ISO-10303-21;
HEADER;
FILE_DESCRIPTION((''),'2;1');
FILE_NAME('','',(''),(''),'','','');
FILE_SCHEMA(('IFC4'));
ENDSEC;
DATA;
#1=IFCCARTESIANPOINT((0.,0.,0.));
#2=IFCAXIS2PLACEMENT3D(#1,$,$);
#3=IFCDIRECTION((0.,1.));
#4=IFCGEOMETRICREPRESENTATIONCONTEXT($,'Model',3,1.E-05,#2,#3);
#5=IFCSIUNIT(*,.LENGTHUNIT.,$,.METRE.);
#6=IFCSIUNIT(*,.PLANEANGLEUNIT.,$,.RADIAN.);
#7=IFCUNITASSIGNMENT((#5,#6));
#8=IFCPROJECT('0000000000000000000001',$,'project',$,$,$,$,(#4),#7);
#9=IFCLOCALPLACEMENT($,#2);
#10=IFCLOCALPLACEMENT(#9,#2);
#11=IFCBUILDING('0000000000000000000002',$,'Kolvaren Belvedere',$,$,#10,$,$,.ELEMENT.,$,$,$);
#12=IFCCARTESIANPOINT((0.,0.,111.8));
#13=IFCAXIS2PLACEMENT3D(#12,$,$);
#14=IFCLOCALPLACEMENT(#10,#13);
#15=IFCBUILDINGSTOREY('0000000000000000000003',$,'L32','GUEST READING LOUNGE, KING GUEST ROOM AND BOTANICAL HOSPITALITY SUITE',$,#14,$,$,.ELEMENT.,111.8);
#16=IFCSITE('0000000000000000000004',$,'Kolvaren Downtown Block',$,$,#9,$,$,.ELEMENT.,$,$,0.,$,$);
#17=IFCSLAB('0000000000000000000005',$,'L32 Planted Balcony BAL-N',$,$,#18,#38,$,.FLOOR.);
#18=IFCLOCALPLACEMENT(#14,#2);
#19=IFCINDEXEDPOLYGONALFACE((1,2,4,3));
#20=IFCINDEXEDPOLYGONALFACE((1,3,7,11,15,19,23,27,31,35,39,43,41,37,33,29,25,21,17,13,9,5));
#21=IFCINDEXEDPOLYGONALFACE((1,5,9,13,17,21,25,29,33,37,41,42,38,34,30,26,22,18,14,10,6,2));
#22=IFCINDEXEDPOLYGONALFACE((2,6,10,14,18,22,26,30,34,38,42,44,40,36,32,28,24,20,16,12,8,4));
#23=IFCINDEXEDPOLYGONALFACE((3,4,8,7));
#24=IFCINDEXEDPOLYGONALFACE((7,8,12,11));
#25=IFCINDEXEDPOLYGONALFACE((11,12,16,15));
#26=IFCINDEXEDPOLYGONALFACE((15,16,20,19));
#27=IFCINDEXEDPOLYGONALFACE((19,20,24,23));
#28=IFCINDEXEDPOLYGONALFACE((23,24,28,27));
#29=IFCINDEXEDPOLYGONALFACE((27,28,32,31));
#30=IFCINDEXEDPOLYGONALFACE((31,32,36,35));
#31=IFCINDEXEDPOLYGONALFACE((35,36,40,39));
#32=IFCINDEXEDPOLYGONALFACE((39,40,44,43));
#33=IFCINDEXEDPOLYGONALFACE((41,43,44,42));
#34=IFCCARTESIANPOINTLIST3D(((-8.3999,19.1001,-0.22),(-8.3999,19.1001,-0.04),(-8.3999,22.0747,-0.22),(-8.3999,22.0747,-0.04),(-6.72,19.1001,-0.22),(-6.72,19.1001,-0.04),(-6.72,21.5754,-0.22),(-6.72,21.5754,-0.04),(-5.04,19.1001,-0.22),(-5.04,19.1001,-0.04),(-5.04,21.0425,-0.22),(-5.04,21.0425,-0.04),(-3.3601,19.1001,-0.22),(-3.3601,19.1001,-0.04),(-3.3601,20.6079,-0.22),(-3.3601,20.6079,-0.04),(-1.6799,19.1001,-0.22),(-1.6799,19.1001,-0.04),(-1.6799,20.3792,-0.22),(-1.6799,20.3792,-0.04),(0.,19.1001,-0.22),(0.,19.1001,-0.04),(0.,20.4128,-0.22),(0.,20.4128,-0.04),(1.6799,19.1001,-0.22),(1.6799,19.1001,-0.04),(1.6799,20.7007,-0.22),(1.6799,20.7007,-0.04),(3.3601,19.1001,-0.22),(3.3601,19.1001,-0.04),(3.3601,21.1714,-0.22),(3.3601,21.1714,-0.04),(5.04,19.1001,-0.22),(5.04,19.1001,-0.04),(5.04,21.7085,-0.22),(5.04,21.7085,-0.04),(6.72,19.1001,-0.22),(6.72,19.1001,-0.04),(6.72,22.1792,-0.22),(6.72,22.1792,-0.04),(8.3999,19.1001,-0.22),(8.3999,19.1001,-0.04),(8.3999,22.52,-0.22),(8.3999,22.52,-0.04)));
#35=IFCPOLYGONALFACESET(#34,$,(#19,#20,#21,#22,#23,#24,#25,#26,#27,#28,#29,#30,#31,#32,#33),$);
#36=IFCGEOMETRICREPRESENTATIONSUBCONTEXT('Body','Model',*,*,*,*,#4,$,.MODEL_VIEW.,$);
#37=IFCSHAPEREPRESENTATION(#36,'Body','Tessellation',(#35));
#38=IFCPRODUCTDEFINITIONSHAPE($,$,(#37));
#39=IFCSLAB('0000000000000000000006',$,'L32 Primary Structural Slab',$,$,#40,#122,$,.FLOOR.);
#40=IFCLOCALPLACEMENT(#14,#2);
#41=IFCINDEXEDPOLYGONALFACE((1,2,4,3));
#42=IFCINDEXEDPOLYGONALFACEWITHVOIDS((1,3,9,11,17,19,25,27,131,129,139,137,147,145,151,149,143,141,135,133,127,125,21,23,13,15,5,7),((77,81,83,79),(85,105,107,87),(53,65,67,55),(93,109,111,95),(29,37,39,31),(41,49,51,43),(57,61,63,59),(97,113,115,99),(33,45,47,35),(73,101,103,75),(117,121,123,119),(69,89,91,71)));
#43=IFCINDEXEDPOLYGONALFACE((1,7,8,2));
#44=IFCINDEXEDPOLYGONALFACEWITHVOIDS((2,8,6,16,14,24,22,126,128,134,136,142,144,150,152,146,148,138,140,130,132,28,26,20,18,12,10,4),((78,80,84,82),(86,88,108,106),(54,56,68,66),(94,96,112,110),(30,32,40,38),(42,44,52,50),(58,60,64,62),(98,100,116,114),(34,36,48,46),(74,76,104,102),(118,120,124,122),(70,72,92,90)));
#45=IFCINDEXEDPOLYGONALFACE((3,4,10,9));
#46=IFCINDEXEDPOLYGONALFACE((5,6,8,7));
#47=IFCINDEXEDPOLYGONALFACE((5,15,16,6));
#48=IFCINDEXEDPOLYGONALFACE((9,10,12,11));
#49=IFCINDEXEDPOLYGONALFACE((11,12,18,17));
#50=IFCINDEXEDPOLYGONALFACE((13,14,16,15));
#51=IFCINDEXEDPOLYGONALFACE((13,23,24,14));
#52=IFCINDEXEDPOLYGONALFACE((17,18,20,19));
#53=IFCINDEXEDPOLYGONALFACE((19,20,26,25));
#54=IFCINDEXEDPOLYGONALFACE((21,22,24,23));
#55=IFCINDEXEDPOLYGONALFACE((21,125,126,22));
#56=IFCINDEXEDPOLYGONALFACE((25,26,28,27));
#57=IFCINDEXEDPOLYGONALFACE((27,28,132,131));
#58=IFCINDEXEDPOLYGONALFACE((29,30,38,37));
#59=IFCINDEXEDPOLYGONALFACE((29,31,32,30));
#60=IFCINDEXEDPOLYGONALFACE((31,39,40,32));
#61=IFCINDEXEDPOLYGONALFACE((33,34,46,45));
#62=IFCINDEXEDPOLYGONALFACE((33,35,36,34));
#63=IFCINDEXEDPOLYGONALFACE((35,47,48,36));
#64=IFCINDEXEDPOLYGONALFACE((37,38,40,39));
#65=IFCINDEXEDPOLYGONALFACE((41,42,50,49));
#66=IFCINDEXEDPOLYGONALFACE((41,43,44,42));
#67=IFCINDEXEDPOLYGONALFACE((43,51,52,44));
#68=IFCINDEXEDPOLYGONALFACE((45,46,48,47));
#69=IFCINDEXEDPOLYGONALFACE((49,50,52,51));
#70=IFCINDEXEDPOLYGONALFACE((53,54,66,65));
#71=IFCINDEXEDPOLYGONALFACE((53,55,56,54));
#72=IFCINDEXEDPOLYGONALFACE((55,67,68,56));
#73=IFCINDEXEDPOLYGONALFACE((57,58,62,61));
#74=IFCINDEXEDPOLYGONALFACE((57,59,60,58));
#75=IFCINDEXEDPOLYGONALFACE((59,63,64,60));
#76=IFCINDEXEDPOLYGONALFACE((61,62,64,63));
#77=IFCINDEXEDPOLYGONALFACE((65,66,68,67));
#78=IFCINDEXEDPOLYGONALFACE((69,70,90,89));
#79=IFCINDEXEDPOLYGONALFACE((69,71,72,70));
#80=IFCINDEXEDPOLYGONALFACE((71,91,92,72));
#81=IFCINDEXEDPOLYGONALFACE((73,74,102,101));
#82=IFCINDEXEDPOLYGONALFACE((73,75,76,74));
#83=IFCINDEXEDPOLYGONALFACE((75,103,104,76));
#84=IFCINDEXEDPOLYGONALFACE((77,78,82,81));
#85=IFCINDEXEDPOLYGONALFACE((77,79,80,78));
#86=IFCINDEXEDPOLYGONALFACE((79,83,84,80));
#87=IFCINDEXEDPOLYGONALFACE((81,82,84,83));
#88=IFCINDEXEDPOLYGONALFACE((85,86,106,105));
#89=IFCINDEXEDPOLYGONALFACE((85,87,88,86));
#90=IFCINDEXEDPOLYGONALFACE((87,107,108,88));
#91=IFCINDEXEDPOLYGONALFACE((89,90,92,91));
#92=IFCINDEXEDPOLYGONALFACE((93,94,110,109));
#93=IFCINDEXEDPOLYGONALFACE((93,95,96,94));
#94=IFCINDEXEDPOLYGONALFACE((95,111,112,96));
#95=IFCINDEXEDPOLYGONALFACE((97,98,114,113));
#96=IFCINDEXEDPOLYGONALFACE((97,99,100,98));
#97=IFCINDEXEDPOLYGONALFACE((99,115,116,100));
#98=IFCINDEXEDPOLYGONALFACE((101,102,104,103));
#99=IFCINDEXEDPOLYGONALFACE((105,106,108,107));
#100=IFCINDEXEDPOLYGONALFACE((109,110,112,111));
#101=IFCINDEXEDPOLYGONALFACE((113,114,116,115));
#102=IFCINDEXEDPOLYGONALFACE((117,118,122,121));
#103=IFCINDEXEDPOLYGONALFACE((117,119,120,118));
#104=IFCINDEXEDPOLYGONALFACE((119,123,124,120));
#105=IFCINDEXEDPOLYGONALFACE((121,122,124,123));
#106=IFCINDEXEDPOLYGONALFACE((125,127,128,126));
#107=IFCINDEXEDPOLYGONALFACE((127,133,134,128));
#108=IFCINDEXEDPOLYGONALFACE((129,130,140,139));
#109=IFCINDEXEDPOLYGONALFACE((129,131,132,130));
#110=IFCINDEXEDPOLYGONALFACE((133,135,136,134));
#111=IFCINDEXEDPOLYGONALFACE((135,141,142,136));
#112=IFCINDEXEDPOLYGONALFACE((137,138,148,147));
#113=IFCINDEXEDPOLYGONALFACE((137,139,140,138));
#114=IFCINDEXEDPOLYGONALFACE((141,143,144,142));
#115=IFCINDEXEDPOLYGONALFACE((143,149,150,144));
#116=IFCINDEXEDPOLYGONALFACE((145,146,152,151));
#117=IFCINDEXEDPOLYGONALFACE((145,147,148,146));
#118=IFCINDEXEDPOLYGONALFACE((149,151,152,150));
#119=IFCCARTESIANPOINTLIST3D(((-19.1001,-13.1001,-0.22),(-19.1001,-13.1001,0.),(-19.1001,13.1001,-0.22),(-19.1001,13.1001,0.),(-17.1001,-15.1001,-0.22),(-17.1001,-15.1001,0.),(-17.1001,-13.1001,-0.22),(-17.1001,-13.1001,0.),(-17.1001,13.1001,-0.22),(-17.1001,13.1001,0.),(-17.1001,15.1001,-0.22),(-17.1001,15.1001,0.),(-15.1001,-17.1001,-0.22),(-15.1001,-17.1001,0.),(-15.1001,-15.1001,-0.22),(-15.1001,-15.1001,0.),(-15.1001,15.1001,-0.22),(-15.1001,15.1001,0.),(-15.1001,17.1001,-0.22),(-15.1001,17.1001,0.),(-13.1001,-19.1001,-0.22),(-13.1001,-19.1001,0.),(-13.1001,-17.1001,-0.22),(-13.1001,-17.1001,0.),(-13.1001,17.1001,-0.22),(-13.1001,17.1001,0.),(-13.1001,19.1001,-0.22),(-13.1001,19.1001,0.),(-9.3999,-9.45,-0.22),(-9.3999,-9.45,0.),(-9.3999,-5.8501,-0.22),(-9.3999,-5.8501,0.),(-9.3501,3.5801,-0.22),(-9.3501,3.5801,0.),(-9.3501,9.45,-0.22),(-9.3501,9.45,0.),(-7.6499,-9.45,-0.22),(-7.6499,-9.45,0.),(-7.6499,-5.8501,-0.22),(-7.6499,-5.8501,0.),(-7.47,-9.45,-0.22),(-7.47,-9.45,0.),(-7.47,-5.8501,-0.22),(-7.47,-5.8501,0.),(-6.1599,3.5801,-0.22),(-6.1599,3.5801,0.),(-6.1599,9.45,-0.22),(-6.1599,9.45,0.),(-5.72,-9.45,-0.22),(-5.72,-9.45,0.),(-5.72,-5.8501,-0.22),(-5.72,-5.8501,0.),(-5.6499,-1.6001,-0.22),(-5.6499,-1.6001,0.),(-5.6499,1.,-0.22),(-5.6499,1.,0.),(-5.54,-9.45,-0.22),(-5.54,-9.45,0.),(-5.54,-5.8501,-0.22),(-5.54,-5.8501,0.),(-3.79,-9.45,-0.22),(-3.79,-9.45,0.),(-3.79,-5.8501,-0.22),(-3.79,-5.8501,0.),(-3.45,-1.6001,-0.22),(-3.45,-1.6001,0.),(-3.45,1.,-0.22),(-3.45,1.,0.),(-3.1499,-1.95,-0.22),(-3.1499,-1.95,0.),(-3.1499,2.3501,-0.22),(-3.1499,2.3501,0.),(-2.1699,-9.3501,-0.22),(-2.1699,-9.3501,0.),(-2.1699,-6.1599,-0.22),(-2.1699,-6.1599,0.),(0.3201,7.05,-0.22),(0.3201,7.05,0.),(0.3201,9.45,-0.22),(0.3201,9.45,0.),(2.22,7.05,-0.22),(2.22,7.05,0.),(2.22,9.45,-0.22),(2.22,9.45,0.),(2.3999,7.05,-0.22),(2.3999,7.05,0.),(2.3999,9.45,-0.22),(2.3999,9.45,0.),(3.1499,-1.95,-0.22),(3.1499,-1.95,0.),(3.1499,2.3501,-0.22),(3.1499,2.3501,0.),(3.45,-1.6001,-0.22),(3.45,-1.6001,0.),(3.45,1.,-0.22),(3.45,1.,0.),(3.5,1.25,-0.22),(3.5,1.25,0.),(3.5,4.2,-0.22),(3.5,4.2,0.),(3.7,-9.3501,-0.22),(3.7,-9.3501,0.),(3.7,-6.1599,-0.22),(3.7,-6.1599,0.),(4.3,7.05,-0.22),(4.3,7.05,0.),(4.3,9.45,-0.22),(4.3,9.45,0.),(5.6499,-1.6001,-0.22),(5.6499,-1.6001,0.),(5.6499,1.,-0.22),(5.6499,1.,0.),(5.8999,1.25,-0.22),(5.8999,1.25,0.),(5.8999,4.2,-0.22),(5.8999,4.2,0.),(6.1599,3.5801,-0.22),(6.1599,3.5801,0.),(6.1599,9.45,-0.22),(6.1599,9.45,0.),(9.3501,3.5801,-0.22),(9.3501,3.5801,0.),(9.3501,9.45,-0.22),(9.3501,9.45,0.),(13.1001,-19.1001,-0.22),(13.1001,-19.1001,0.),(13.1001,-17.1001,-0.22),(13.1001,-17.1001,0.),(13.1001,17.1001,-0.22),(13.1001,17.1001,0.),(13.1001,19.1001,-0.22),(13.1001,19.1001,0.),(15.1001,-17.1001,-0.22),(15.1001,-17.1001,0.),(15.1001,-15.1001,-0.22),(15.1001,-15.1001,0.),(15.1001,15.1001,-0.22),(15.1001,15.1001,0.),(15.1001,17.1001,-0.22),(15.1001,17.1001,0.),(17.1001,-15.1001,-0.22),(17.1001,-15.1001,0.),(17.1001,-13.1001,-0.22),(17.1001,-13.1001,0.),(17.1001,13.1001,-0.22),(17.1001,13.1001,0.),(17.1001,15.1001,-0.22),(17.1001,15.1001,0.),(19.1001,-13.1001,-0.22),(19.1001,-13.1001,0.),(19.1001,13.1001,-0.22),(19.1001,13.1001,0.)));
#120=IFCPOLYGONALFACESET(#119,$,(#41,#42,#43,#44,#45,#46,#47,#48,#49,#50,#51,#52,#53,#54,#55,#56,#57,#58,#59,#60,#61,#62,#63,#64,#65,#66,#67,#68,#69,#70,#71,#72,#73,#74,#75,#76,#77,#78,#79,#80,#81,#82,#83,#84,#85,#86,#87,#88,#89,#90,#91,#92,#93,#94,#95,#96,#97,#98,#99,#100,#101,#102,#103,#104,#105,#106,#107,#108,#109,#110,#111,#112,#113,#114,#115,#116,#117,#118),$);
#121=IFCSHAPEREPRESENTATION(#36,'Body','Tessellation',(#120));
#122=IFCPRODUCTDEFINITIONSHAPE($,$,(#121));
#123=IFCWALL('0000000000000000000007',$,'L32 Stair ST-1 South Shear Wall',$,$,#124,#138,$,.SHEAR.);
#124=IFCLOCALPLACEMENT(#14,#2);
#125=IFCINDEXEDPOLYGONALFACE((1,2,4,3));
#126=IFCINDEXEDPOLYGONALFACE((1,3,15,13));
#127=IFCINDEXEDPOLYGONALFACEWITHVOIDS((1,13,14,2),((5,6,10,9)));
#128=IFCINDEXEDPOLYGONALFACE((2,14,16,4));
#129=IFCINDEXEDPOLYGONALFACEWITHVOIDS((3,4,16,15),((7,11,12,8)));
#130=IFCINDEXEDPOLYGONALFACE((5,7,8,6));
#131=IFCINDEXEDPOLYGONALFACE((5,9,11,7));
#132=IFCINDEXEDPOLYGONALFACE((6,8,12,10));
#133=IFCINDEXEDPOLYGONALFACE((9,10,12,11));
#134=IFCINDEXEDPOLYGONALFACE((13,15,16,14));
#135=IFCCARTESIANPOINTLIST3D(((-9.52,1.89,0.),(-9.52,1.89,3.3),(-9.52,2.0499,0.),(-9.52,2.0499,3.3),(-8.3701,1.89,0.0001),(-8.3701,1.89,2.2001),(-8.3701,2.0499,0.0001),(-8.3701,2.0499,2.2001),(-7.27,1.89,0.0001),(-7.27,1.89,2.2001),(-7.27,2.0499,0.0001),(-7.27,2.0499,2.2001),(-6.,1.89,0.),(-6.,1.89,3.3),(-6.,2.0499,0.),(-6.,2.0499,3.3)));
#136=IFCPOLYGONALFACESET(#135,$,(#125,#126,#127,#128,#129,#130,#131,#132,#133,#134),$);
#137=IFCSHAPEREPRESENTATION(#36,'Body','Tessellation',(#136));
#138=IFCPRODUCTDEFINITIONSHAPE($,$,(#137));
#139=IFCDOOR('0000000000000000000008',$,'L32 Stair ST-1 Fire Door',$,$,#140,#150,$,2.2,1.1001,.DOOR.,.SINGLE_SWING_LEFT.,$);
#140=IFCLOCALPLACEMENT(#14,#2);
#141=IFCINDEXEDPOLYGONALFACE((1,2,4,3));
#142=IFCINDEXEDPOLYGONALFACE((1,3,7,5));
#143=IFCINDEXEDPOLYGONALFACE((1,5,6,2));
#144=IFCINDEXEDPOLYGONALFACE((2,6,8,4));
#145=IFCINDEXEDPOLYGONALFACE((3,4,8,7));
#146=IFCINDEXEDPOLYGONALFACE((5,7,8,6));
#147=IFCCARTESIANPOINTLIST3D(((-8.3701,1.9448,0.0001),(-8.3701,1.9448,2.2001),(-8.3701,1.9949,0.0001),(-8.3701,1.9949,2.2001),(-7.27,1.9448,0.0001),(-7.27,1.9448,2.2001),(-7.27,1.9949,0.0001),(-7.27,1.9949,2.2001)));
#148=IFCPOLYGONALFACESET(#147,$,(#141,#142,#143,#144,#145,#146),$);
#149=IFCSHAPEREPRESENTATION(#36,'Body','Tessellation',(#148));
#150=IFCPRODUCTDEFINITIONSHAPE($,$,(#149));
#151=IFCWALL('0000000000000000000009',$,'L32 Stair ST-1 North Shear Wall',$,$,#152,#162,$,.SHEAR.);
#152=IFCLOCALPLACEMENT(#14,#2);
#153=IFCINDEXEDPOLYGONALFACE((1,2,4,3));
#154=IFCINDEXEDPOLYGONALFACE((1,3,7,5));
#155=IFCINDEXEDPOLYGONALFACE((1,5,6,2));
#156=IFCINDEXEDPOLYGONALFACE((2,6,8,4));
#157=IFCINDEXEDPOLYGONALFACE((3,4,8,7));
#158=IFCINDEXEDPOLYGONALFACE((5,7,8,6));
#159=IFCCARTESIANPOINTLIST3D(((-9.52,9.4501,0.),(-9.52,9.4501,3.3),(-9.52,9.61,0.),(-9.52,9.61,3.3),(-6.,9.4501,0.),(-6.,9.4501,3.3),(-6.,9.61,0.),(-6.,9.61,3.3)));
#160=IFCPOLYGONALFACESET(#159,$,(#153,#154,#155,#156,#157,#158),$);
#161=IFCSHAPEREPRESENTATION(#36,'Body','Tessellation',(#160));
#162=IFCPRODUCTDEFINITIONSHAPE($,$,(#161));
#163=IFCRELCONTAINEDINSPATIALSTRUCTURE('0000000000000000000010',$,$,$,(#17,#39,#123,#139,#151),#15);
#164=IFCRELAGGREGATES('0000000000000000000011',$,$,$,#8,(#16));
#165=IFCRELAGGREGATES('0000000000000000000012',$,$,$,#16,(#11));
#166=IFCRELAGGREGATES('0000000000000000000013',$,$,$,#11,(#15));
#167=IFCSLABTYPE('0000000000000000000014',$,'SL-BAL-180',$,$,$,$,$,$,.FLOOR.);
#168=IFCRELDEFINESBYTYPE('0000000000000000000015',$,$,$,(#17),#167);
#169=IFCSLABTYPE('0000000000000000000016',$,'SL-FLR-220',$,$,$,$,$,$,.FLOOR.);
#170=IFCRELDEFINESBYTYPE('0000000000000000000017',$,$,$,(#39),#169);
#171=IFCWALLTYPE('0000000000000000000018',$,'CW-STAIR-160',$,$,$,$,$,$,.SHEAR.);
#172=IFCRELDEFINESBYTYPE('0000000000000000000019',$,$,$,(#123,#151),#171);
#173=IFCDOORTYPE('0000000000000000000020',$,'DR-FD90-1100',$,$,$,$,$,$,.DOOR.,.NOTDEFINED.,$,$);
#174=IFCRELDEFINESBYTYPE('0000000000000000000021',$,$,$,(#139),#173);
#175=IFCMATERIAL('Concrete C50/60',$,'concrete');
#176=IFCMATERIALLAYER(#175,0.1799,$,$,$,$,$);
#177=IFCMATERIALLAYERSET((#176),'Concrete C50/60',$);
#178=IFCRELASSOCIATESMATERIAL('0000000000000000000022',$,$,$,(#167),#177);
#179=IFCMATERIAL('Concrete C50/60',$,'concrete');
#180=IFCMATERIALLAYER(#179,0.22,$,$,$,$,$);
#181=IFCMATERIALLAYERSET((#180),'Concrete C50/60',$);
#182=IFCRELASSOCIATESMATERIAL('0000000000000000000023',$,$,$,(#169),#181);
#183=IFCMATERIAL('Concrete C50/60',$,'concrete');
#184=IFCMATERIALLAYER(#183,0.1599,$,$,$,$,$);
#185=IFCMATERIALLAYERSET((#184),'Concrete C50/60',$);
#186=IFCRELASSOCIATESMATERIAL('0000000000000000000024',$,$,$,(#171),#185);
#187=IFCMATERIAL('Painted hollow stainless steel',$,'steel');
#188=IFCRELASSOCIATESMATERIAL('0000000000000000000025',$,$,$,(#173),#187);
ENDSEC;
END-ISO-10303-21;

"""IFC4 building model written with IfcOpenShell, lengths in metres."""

from ifc_helpers import new_model, si_unit, direction, frame, frame_2d, origin, place, context, subcontext, project, spatial, polyline, rectangle, outline, extrude, material, layer, layer_set, type_object, element, fill, save


model = new_model("IFC4")

# Units and contexts
model_context = context("Model", 3, precision=1e-05, world=origin(), true_north=direction((0.0, 1.0)))
body_context = subcontext(model_context, "Body", "Model", "MODEL_VIEW")
ifc_project = project(units=[si_unit("LENGTHUNIT", "METRE"), si_unit("PLANEANGLEUNIT", "RADIAN")], contexts=[model_context])

# Site, building, storey
site_placement = place(None, origin())
site = spatial("IfcSite", under=ifc_project, at=site_placement, Name="Kolvaren Downtown Block", CompositionType="ELEMENT", RefElevation=0.0)
building_placement = place(site_placement, origin())
building = spatial("IfcBuilding", under=site, at=building_placement, Name="Kolvaren Belvedere", CompositionType="ELEMENT")
storey_placement = place(building_placement, frame((0.0, 0.0, 111.8)))
storey = spatial("IfcBuildingStorey", under=building, at=storey_placement, Name="L32", Description="GUEST READING LOUNGE, KING GUEST ROOM AND BOTANICAL HOSPITALITY SUITE", CompositionType="ELEMENT", Elevation=111.8)

# Slabs
ifc_material_1 = material(Name="Concrete C50/60", Category="concrete")
ifc_layer_1 = layer(ifc_material_1, 0.1799)
ifc_layer_set_1 = layer_set([ifc_layer_1], Name="Concrete C50/60")
slab_type_1 = type_object("IfcSlabType", Name="SL-BAL-180", PredefinedType="FLOOR", material=ifc_layer_set_1)
slab_1_placement = place(storey_placement, frame((0.0, 0.0, -0.22)))
element("IfcSlab", 1, at=slab_1_placement, inside=storey, type_object=slab_type_1, Name="L32 Planted Balcony BAL-N", PredefinedType="FLOOR", context=body_context, shape_type="SweptSolid", body=[
    extrude(outline(polyline([(-8.3999, 19.1001), (-6.72, 19.1001), (-5.04, 19.1001), (-3.3601, 19.1001), (-1.6799, 19.1001), (0.0, 19.1001), (1.6799, 19.1001), (3.3601, 19.1001), (5.04, 19.1001), (6.72, 19.1001), (8.3999, 19.1001), (8.3999, 22.52), (6.72, 22.1792), (5.04, 21.7085), (3.3601, 21.1714), (1.6799, 20.7007), (0.0, 20.4128), (-1.6799, 20.3792), (-3.3601, 20.6079), (-5.04, 21.0425), (-6.72, 21.5754), (-8.3999, 22.0747), (-8.3999, 19.1001)])), origin(), (0.0, 0.0, 1.0), 0.1799),
])
ifc_material_2 = material(Name="Concrete C50/60", Category="concrete")
ifc_layer_2 = layer(ifc_material_2, 0.22)
ifc_layer_set_2 = layer_set([ifc_layer_2], Name="Concrete C50/60")
slab_type_2 = type_object("IfcSlabType", Name="SL-FLR-220", PredefinedType="FLOOR", material=ifc_layer_set_2)
slab_2_placement = place(storey_placement, frame((0.0, 0.0, -0.22)))
element("IfcSlab", 2, at=slab_2_placement, inside=storey, type_object=slab_type_2, Name="L32 Primary Structural Slab", PredefinedType="FLOOR", context=body_context, shape_type="SweptSolid", body=[
    extrude(outline(polyline([(-13.1001, -19.1001), (13.1001, -19.1001), (13.1001, -17.1001), (15.1001, -17.1001), (15.1001, -15.1001), (17.1001, -15.1001), (17.1001, -13.1001), (19.1001, -13.1001), (19.1001, 13.1001), (17.1001, 13.1001), (17.1001, 15.1001), (15.1001, 15.1001), (15.1001, 17.1001), (13.1001, 17.1001), (13.1001, 19.1001), (-13.1001, 19.1001), (-13.1001, 17.1001), (-15.1001, 17.1001), (-15.1001, 15.1001), (-17.1001, 15.1001), (-17.1001, 13.1001), (-19.1001, 13.1001), (-19.1001, -13.1001), (-17.1001, -13.1001), (-17.1001, -15.1001), (-15.1001, -15.1001), (-15.1001, -17.1001), (-13.1001, -17.1001), (-13.1001, -19.1001)]), holes=[polyline([(-9.3501, 3.5801), (-6.1599, 3.5801), (-6.1599, 9.45), (-9.3501, 9.45), (-9.3501, 3.5801)]), polyline([(6.1599, 3.5801), (9.3501, 3.5801), (9.3501, 9.45), (6.1599, 9.45), (6.1599, 3.5801)]), polyline([(-2.1699, -9.3501), (3.7, -9.3501), (3.7, -6.1599), (-2.1699, -6.1599), (-2.1699, -9.3501)]), polyline([(-5.6499, -1.6001), (-3.45, -1.6001), (-3.45, 1.0), (-5.6499, 1.0), (-5.6499, -1.6001)]), polyline([(3.5, 1.25), (5.8999, 1.25), (5.8999, 4.2), (3.5, 4.2), (3.5, 1.25)]), polyline([(3.45, -1.6001), (5.6499, -1.6001), (5.6499, 1.0), (3.45, 1.0), (3.45, -1.6001)]), polyline([(-9.3999, -9.45), (-7.6499, -9.45), (-7.6499, -5.8501), (-9.3999, -5.8501), (-9.3999, -9.45)]), polyline([(-7.47, -9.45), (-5.72, -9.45), (-5.72, -5.8501), (-7.47, -5.8501), (-7.47, -9.45)]), polyline([(-5.54, -9.45), (-3.79, -9.45), (-3.79, -5.8501), (-5.54, -5.8501), (-5.54, -9.45)]), polyline([(0.3201, 7.05), (2.22, 7.05), (2.22, 9.45), (0.3201, 9.45), (0.3201, 7.05)]), polyline([(2.3999, 7.05), (4.3, 7.05), (4.3, 9.45), (2.3999, 9.45), (2.3999, 7.05)]), polyline([(-3.1499, -1.95), (3.1499, -1.95), (3.1499, 2.3501), (-3.1499, 2.3501), (-3.1499, -1.95)])]), origin(), (0.0, 0.0, 1.0), 0.22),
])

# Wall, opening, door
ifc_material_3 = material(Name="Concrete C50/60", Category="concrete")
ifc_layer_3 = layer(ifc_material_3, 0.1599)
ifc_layer_set_3 = layer_set([ifc_layer_3], Name="Concrete C50/60")
wall_type_1 = type_object("IfcWallType", Name="CW-STAIR-160", PredefinedType="SHEAR", material=ifc_layer_set_3)
wall_1_placement = place(storey_placement, frame((-9.52, 1.97, 0.0), z_axis=(0.0, 0.0, 1.0), x_axis=(1.0, 0.0, 0.0)))
wall_1 = element("IfcWall", 3, at=wall_1_placement, inside=storey, type_object=wall_type_1, Name="L32 Stair ST-1 South Shear Wall", PredefinedType="SHEAR", context=body_context, shape_type="SweptSolid", body=[
    extrude(rectangle(XDim=3.52, YDim=0.1599, at=frame_2d((1.76, 0.0))), origin(), (0.0, 0.0, 1.0), 3.3),
])
opening_1_placement = place(wall_1_placement, frame((1.1499, 0.0, 0.0)))
opening_1 = element("IfcOpeningElement", 4, at=opening_1_placement, cuts=wall_1, PredefinedType="OPENING", context=body_context, shape_type="SweptSolid", body=[
    extrude(rectangle(XDim=1.1001, YDim=2.2, at=frame_2d((0.55, 1.1001))), frame((0.0, 0.0898, 0.0), z_axis=(0.0, -1.0, 0.0), x_axis=(1.0, 0.0, 0.0)), (0.0, 0.0, 1.0), 0.1799),
])
ifc_material_4 = material(Name="Painted hollow stainless steel", Category="steel")
door_type_1 = type_object("IfcDoorType", Name="DR-FD90-1100", OperationType="NOTDEFINED", PredefinedType="DOOR", material=ifc_material_4)
door_1_placement = place(opening_1_placement, origin())
door_1 = element("IfcDoor", 5, at=door_1_placement, inside=storey, type_object=door_type_1, Name="L32 Stair ST-1 Fire Door", OperationType="SINGLE_SWING_LEFT", OverallHeight=2.2, OverallWidth=1.1001, PredefinedType="DOOR", context=body_context, shape_type="SweptSolid", body=[
    extrude(rectangle(XDim=1.1001, YDim=2.2, at=frame_2d((0.55, 1.1001))), frame((0.0, 0.0249, 0.0), z_axis=(0.0, -1.0, 0.0), x_axis=(1.0, 0.0, 0.0)), (0.0, 0.0, 1.0), 0.05),
])
fill(opening_1, door_1)

# Wall
wall_2_placement = place(storey_placement, frame((-9.52, 9.53, 0.0), z_axis=(0.0, 0.0, 1.0), x_axis=(1.0, 0.0, 0.0)))
element("IfcWall", 6, at=wall_2_placement, inside=storey, type_object=wall_type_1, Name="L32 Stair ST-1 North Shear Wall", PredefinedType="SHEAR", context=body_context, shape_type="SweptSolid", body=[
    extrude(rectangle(XDim=3.52, YDim=0.1599, at=frame_2d((1.76, 0.0))), origin(), (0.0, 0.0, 1.0), 3.3),
])

save(model, "model.ifc")
